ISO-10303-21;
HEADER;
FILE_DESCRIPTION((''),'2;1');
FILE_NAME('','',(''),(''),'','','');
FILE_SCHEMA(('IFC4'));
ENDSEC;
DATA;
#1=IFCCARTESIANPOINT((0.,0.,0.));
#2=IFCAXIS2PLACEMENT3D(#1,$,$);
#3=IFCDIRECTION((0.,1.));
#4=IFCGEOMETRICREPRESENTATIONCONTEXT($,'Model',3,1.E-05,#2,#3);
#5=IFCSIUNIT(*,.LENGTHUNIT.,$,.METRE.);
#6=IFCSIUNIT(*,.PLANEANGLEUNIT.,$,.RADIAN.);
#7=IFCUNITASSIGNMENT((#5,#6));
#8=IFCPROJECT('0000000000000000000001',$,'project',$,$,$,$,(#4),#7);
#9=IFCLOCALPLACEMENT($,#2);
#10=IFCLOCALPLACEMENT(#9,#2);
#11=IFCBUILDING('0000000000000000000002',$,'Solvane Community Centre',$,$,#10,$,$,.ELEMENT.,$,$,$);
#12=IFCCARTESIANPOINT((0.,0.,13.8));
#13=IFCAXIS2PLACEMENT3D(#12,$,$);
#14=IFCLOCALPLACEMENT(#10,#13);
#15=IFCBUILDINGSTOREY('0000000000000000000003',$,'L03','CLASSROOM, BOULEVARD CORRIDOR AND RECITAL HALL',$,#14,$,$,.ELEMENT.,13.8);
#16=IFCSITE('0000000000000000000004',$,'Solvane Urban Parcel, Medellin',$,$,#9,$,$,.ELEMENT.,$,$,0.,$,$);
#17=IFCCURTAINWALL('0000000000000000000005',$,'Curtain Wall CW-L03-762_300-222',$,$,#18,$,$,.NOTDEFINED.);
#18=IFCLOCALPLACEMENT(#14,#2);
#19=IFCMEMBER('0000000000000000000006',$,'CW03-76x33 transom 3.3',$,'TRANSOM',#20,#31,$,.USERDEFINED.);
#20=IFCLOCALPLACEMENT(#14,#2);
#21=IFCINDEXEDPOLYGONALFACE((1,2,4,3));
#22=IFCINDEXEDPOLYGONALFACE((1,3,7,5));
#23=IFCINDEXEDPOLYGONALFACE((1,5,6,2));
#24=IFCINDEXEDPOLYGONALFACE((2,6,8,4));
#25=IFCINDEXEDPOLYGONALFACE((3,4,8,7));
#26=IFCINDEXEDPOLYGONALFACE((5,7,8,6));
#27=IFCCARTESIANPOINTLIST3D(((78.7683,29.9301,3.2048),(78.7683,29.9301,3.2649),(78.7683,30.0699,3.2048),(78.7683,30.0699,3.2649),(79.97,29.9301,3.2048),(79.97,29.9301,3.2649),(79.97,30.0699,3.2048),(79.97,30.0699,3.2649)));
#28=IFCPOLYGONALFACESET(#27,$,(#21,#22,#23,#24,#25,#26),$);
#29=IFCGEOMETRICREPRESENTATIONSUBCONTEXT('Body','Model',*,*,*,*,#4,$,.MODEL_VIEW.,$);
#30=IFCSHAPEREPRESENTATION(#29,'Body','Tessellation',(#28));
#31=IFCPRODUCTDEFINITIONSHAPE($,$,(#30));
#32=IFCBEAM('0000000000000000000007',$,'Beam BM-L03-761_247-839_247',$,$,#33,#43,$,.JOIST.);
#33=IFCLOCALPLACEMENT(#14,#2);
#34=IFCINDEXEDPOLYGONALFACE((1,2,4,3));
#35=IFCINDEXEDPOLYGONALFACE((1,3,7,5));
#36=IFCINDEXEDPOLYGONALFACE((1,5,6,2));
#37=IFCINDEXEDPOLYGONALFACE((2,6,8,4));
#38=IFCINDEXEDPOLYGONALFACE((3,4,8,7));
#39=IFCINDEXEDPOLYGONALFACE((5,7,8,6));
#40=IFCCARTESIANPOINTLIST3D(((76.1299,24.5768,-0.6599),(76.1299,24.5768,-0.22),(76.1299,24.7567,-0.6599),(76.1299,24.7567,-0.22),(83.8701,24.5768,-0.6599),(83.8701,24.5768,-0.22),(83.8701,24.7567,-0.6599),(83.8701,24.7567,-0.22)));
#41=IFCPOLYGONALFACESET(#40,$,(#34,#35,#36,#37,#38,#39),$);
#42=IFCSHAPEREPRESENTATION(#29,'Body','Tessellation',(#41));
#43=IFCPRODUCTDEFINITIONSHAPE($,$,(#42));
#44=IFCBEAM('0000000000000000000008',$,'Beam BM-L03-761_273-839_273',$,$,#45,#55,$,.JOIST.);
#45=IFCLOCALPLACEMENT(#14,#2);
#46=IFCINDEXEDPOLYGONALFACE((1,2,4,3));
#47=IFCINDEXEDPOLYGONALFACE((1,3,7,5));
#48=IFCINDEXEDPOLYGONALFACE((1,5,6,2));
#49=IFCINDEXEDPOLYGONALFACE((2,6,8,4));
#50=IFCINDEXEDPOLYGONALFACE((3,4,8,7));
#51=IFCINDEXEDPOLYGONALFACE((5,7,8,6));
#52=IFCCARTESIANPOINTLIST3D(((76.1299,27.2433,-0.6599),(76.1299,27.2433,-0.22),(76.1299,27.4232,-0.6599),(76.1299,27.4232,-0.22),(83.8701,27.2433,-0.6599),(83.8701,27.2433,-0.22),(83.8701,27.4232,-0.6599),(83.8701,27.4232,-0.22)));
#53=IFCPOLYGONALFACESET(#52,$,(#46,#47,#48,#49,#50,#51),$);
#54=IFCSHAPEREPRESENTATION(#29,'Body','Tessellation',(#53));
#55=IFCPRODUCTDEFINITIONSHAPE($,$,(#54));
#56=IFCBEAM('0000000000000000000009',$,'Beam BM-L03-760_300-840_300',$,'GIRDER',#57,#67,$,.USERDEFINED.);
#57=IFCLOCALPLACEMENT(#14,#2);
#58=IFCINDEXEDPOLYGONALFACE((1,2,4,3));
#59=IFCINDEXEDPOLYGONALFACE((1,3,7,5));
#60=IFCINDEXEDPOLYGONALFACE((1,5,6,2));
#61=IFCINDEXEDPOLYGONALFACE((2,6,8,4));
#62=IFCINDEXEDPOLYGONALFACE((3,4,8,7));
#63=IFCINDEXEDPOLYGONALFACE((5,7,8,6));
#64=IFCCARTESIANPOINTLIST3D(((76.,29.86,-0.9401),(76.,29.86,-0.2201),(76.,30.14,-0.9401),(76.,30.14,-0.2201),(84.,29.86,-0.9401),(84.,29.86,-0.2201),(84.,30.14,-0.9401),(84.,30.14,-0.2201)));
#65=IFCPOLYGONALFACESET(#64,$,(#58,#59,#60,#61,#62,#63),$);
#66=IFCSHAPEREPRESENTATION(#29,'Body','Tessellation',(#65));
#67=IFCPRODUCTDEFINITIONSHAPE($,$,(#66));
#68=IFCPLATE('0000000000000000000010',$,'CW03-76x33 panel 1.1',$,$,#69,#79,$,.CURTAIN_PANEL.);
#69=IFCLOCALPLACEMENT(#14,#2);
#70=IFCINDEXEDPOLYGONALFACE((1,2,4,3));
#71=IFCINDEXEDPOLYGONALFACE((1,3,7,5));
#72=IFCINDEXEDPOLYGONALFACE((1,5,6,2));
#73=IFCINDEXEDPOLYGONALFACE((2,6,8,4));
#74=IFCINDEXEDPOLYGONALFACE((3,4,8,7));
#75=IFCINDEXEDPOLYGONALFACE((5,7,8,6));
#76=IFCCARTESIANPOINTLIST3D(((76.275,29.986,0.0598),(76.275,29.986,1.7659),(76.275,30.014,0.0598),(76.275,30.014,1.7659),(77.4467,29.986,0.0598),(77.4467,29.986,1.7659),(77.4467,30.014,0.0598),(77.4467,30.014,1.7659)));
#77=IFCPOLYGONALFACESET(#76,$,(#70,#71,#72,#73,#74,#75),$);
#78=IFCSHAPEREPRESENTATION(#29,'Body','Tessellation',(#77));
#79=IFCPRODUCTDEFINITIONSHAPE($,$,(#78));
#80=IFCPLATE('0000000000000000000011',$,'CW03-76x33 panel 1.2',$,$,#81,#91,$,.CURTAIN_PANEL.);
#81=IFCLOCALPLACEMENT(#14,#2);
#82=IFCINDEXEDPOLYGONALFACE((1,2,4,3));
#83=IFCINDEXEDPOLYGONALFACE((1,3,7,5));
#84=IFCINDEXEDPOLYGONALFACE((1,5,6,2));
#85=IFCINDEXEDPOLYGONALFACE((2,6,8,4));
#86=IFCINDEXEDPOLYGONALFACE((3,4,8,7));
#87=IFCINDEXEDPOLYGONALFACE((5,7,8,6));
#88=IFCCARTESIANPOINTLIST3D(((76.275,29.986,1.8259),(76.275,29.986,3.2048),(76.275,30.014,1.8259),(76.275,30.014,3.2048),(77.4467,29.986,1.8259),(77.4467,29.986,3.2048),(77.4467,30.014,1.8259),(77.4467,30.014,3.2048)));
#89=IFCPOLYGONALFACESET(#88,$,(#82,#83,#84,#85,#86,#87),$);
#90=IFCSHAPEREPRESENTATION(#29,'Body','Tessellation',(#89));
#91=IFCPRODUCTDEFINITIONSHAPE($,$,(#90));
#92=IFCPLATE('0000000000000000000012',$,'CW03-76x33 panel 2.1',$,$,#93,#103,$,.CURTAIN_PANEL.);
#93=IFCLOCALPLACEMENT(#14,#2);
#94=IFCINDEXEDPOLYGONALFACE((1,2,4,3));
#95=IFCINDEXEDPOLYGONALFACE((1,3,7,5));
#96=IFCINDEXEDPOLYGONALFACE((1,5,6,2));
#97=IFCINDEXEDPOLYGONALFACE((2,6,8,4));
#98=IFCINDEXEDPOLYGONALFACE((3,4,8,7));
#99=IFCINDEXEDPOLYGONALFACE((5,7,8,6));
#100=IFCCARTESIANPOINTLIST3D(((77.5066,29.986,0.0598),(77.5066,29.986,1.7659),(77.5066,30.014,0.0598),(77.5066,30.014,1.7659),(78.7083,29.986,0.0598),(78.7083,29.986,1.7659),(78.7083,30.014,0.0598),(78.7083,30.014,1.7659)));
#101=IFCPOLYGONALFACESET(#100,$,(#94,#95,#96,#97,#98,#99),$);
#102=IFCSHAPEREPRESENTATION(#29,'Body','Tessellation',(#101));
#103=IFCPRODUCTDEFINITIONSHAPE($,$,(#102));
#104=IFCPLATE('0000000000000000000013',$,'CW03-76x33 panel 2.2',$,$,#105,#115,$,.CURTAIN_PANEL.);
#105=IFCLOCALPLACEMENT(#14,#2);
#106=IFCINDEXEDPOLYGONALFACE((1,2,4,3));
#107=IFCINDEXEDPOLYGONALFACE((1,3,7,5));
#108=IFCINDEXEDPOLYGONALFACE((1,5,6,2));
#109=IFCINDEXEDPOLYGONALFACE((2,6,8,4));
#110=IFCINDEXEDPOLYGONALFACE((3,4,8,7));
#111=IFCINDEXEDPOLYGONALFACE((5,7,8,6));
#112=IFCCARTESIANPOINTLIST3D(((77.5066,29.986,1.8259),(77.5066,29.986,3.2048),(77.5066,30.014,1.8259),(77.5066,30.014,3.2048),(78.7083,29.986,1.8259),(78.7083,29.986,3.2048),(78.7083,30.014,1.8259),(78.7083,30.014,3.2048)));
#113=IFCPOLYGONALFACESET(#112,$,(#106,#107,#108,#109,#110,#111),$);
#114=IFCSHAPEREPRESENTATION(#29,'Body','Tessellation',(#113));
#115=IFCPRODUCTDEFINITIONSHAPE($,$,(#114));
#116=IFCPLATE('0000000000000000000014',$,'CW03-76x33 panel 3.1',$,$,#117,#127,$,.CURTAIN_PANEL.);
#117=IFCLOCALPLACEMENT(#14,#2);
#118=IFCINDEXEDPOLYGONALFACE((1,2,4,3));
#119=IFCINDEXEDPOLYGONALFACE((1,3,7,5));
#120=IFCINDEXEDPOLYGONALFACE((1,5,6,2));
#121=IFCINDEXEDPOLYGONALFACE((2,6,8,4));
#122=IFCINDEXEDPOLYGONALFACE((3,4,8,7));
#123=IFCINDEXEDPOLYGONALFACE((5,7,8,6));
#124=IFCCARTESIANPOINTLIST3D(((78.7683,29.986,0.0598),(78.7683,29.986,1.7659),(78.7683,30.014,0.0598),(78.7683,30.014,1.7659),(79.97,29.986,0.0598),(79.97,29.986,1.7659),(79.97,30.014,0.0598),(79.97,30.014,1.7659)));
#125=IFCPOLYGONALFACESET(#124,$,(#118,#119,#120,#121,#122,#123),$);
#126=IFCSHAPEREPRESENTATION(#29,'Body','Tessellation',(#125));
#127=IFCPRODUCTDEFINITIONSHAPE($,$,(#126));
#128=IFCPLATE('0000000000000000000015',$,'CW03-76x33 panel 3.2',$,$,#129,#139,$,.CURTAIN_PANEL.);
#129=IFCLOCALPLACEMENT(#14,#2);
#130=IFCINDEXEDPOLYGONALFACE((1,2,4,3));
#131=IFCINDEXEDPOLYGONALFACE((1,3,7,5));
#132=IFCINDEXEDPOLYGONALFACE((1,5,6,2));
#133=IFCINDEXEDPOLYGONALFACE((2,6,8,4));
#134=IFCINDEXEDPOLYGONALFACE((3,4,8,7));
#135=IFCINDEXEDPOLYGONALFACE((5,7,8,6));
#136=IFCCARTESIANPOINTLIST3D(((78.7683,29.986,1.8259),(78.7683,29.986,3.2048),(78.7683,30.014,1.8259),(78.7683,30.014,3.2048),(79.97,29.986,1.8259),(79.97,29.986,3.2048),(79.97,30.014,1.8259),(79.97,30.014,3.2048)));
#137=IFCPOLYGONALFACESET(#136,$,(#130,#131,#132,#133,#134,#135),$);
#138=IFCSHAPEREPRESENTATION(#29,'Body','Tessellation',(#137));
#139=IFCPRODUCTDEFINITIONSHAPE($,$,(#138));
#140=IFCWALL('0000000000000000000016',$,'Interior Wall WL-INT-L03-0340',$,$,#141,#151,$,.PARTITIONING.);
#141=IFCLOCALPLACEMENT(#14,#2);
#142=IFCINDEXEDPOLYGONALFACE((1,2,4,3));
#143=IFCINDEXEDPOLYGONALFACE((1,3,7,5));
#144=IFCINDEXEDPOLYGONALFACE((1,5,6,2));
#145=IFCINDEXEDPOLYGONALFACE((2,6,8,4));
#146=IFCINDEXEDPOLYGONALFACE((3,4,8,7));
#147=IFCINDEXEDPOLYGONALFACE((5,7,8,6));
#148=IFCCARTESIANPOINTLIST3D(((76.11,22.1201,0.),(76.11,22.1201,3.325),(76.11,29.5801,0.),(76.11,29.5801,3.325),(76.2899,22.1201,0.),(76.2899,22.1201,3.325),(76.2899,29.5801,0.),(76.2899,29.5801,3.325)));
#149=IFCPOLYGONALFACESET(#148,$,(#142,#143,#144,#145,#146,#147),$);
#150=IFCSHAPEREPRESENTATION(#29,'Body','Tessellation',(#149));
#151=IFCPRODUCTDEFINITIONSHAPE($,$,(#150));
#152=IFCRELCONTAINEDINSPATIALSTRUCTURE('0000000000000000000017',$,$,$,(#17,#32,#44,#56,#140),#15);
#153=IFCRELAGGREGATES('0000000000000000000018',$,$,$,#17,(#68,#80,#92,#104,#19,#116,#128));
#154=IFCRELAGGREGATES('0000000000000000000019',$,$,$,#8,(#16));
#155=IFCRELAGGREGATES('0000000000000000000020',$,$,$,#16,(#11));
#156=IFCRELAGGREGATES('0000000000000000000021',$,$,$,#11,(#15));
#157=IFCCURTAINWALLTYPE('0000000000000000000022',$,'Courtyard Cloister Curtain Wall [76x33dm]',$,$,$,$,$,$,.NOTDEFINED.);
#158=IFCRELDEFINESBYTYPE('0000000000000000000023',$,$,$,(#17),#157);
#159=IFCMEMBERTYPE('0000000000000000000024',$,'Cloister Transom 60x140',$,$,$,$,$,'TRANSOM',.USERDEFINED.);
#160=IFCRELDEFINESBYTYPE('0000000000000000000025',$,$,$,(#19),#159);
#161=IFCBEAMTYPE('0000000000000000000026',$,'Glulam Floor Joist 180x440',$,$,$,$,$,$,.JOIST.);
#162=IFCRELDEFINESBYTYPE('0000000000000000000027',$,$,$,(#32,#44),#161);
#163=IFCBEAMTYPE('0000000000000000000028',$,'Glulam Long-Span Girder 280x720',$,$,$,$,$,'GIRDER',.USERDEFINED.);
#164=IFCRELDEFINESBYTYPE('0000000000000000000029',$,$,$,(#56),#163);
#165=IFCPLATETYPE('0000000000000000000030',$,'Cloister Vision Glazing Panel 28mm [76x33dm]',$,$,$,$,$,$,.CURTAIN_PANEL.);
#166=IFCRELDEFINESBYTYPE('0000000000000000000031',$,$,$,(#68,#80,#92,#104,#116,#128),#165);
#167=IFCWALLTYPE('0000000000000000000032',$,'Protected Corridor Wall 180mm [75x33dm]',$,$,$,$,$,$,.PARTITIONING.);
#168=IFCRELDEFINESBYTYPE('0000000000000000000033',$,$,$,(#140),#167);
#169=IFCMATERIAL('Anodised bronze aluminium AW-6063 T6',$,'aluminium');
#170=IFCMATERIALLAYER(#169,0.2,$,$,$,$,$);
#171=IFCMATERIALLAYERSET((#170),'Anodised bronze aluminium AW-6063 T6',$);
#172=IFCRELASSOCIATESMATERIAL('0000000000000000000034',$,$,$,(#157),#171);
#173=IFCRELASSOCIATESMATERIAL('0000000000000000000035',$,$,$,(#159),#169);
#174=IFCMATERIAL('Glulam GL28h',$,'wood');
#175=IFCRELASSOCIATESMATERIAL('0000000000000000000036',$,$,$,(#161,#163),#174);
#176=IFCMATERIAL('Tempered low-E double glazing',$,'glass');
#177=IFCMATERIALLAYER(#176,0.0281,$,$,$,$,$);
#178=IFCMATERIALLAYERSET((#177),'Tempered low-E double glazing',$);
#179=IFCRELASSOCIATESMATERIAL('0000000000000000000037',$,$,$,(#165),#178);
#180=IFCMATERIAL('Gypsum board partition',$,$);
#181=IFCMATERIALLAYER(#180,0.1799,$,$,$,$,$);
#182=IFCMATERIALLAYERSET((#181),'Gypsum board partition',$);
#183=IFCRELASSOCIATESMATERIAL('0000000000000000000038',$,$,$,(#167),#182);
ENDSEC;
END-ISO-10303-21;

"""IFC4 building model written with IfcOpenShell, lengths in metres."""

from ifc_helpers import new_model, si_unit, direction, frame, frame_2d, origin, origin_2d, place, context, subcontext, project, spatial, rectangle, extrude, material, layer, layer_set, material_profile, profile_set, type_object, element, aggregate, save


model = new_model("IFC4")

# Units and contexts
model_context = context("Model", 3, precision=1e-05, world=origin(), true_north=direction((0.0, 1.0)))
body_context = subcontext(model_context, "Body", "Model", "MODEL_VIEW")
ifc_project = project(units=[si_unit("LENGTHUNIT", "METRE"), si_unit("PLANEANGLEUNIT", "RADIAN")], contexts=[model_context])

# Site, building, storey
site_placement = place(None, origin())
site = spatial("IfcSite", under=ifc_project, at=site_placement, Name="Solvane Urban Parcel, Medellin", CompositionType="ELEMENT", RefElevation=0.0)
building_placement = place(site_placement, origin())
building = spatial("IfcBuilding", under=site, at=building_placement, Name="Solvane Community Centre", CompositionType="ELEMENT")
storey_placement = place(building_placement, frame((0.0, 0.0, 13.8)))
storey = spatial("IfcBuildingStorey", under=building, at=storey_placement, Name="L03", Description="CLASSROOM, BOULEVARD CORRIDOR AND RECITAL HALL", CompositionType="ELEMENT", Elevation=13.8)

# Shared definitions
ifc_material_1 = material(Name="Anodised bronze aluminium AW-6063 T6", Category="aluminium")
ifc_layer_1 = layer(ifc_material_1, 0.2)
ifc_layer_set_1 = layer_set([ifc_layer_1], Name="Anodised bronze aluminium AW-6063 T6")
curtain_wall_type = type_object("IfcCurtainWallType", Name="Courtyard Cloister Curtain Wall [76x33dm]", PredefinedType="NOTDEFINED", material=ifc_layer_set_1)

# Curtain wall, member
curtain_wall_1_placement = place(storey_placement, origin())
curtain_wall_1 = element("IfcCurtainWall", 1, at=curtain_wall_1_placement, inside=storey, type_object=curtain_wall_type, Name="Curtain Wall CW-L03-762_300-222", PredefinedType="NOTDEFINED")
ifc_material_profile_1 = material_profile(ifc_material_1, rectangle(XDim=0.1399, YDim=0.0601, at=origin_2d()), Name="CW-T 60x140")
ifc_profile_set_1 = profile_set([ifc_material_profile_1], Name="Anodised bronze aluminium AW-6063 T6")
member_type_1 = type_object("IfcMemberType", Name="Cloister Transom 60x140", ElementType="TRANSOM", PredefinedType="USERDEFINED", material=ifc_profile_set_1)
member_1_placement = place(storey_placement, frame((78.7683, 30.0, 3.2349), z_axis=(1.0, 0.0, 0.0), x_axis=(0.0, 1.0, 0.0)))
member_1 = element("IfcMember", 2, at=member_1_placement, type_object=member_type_1, Name="CW03-76x33 transom 3.3", ObjectType="TRANSOM", PredefinedType="USERDEFINED", context=body_context, shape_type="SweptSolid", body=[
    extrude(rectangle(XDim=0.1399, YDim=0.0601, at=origin_2d()), origin(), (0.0, 0.0, 1.0), 1.2017),
])

# Beams
ifc_material_2 = material(Name="Glulam GL28h", Category="wood")
ifc_material_profile_2 = material_profile(ifc_material_2, rectangle(XDim=0.1799, YDim=0.4399, at=origin_2d()), Name="GL28h 180x440")
ifc_profile_set_2 = profile_set([ifc_material_profile_2], Name="Glulam GL28h")
beam_type_1 = type_object("IfcBeamType", Name="Glulam Floor Joist 180x440", PredefinedType="JOIST", material=ifc_profile_set_2)
for number, where, z_axis, x_axis, name in (
    (3, (76.1299, 24.6667, -0.4399), (1.0, 0.0, 0.0), (0.0, 1.0, 0.0), "Beam BM-L03-761_247-839_247"),
    (4, (76.1299, 27.3333, -0.4399), (1.0, 0.0, 0.0), (0.0, 1.0, 0.0), "Beam BM-L03-761_273-839_273"),
):
    element("IfcBeam", number, at=place(storey_placement, frame(where, z_axis=z_axis, x_axis=x_axis)), inside=storey, type_object=beam_type_1, Name=name, PredefinedType="JOIST", context=body_context, shape_type="SweptSolid", body=[
        extrude(rectangle(XDim=0.1799, YDim=0.4399, at=origin_2d()), origin(), (0.0, 0.0, 1.0), 7.7402),
    ])
ifc_material_profile_3 = material_profile(ifc_material_2, rectangle(XDim=0.28, YDim=0.72, at=origin_2d()), Name="GL28h 280x720")
ifc_profile_set_3 = profile_set([ifc_material_profile_3], Name="Glulam GL28h")
beam_type_2 = type_object("IfcBeamType", Name="Glulam Long-Span Girder 280x720", ElementType="GIRDER", PredefinedType="USERDEFINED", material=ifc_profile_set_3)
beam_placement = place(storey_placement, frame((76.0, 30.0, -0.5801), z_axis=(1.0, 0.0, 0.0), x_axis=(0.0, 1.0, 0.0)))
element("IfcBeam", 5, at=beam_placement, inside=storey, type_object=beam_type_2, Name="Beam BM-L03-760_300-840_300", ObjectType="GIRDER", PredefinedType="USERDEFINED", context=body_context, shape_type="SweptSolid", body=[
    extrude(rectangle(XDim=0.28, YDim=0.72, at=origin_2d()), origin(), (0.0, 0.0, 1.0), 8.0),
])

# Plates
ifc_material_3 = material(Name="Tempered low-E double glazing", Category="glass")
ifc_layer_2 = layer(ifc_material_3, 0.0281)
ifc_layer_set_2 = layer_set([ifc_layer_2], Name="Tempered low-E double glazing")
plate_type = type_object("IfcPlateType", Name="Cloister Vision Glazing Panel 28mm [76x33dm]", PredefinedType="CURTAIN_PANEL", material=ifc_layer_set_2)
plate_1_placement = place(storey_placement, frame((76.8608, 30.0, 0.0598), z_axis=(0.0, 0.0, 1.0), x_axis=(1.0, 0.0, 0.0)))
plate_1 = element("IfcPlate", 6, at=plate_1_placement, type_object=plate_type, Name="CW03-76x33 panel 1.1", PredefinedType="CURTAIN_PANEL", context=body_context, shape_type="SweptSolid", body=[
    extrude(rectangle(XDim=1.1716, YDim=0.0281, at=origin_2d()), origin(), (0.0, 0.0, 1.0), 1.7061),
])
plate_2_placement = place(storey_placement, frame((76.8608, 30.0, 1.8259), z_axis=(0.0, 0.0, 1.0), x_axis=(1.0, 0.0, 0.0)))
plate_2 = element("IfcPlate", 7, at=plate_2_placement, type_object=plate_type, Name="CW03-76x33 panel 1.2", PredefinedType="CURTAIN_PANEL", context=body_context, shape_type="SweptSolid", body=[
    extrude(rectangle(XDim=1.1716, YDim=0.0281, at=origin_2d()), origin(), (0.0, 0.0, 1.0), 1.3789),
])
plate_3_placement = place(storey_placement, frame((78.1074, 30.0, 0.0598), z_axis=(0.0, 0.0, 1.0), x_axis=(1.0, 0.0, 0.0)))
plate_3 = element("IfcPlate", 8, at=plate_3_placement, type_object=plate_type, Name="CW03-76x33 panel 2.1", PredefinedType="CURTAIN_PANEL", context=body_context, shape_type="SweptSolid", body=[
    extrude(rectangle(XDim=1.2017, YDim=0.0281, at=origin_2d()), origin(), (0.0, 0.0, 1.0), 1.7061),
])
plate_4_placement = place(storey_placement, frame((78.1074, 30.0, 1.8259), z_axis=(0.0, 0.0, 1.0), x_axis=(1.0, 0.0, 0.0)))
plate_4 = element("IfcPlate", 9, at=plate_4_placement, type_object=plate_type, Name="CW03-76x33 panel 2.2", PredefinedType="CURTAIN_PANEL", context=body_context, shape_type="SweptSolid", body=[
    extrude(rectangle(XDim=1.2017, YDim=0.0281, at=origin_2d()), origin(), (0.0, 0.0, 1.0), 1.3789),
])
plate_5_placement = place(storey_placement, frame((79.3691, 30.0, 0.0598), z_axis=(0.0, 0.0, 1.0), x_axis=(1.0, 0.0, 0.0)))
plate_5 = element("IfcPlate", 10, at=plate_5_placement, type_object=plate_type, Name="CW03-76x33 panel 3.1", PredefinedType="CURTAIN_PANEL", context=body_context, shape_type="SweptSolid", body=[
    extrude(rectangle(XDim=1.2017, YDim=0.0281, at=origin_2d()), origin(), (0.0, 0.0, 1.0), 1.7061),
])
plate_6_placement = place(storey_placement, frame((79.3691, 30.0, 1.8259), z_axis=(0.0, 0.0, 1.0), x_axis=(1.0, 0.0, 0.0)))
plate_6 = element("IfcPlate", 11, at=plate_6_placement, type_object=plate_type, Name="CW03-76x33 panel 3.2", PredefinedType="CURTAIN_PANEL", context=body_context, shape_type="SweptSolid", body=[
    extrude(rectangle(XDim=1.2017, YDim=0.0281, at=origin_2d()), origin(), (0.0, 0.0, 1.0), 1.3789),
])
aggregate(curtain_wall_1, [plate_1, plate_2, plate_3, plate_4, member_1, plate_5, plate_6])

# Wall
ifc_material_4 = material(Name="Gypsum board partition")
ifc_layer_3 = layer(ifc_material_4, 0.1799)
ifc_layer_set_3 = layer_set([ifc_layer_3], Name="Gypsum board partition")
wall_type = type_object("IfcWallType", Name="Protected Corridor Wall 180mm [75x33dm]", PredefinedType="PARTITIONING", material=ifc_layer_set_3)
wall_placement = place(storey_placement, frame((76.2, 29.5801, 0.0), z_axis=(0.0, 0.0, 1.0), x_axis=(0.0, -1.0, 0.0)))
element("IfcWall", 12, at=wall_placement, inside=storey, type_object=wall_type, Name="Interior Wall WL-INT-L03-0340", PredefinedType="PARTITIONING", context=body_context, shape_type="SweptSolid", body=[
    extrude(rectangle(XDim=7.46, YDim=0.1799, at=frame_2d((3.73, 0.0))), origin(), (0.0, 0.0, 1.0), 3.325),
])

save(model, "model.ifc")
